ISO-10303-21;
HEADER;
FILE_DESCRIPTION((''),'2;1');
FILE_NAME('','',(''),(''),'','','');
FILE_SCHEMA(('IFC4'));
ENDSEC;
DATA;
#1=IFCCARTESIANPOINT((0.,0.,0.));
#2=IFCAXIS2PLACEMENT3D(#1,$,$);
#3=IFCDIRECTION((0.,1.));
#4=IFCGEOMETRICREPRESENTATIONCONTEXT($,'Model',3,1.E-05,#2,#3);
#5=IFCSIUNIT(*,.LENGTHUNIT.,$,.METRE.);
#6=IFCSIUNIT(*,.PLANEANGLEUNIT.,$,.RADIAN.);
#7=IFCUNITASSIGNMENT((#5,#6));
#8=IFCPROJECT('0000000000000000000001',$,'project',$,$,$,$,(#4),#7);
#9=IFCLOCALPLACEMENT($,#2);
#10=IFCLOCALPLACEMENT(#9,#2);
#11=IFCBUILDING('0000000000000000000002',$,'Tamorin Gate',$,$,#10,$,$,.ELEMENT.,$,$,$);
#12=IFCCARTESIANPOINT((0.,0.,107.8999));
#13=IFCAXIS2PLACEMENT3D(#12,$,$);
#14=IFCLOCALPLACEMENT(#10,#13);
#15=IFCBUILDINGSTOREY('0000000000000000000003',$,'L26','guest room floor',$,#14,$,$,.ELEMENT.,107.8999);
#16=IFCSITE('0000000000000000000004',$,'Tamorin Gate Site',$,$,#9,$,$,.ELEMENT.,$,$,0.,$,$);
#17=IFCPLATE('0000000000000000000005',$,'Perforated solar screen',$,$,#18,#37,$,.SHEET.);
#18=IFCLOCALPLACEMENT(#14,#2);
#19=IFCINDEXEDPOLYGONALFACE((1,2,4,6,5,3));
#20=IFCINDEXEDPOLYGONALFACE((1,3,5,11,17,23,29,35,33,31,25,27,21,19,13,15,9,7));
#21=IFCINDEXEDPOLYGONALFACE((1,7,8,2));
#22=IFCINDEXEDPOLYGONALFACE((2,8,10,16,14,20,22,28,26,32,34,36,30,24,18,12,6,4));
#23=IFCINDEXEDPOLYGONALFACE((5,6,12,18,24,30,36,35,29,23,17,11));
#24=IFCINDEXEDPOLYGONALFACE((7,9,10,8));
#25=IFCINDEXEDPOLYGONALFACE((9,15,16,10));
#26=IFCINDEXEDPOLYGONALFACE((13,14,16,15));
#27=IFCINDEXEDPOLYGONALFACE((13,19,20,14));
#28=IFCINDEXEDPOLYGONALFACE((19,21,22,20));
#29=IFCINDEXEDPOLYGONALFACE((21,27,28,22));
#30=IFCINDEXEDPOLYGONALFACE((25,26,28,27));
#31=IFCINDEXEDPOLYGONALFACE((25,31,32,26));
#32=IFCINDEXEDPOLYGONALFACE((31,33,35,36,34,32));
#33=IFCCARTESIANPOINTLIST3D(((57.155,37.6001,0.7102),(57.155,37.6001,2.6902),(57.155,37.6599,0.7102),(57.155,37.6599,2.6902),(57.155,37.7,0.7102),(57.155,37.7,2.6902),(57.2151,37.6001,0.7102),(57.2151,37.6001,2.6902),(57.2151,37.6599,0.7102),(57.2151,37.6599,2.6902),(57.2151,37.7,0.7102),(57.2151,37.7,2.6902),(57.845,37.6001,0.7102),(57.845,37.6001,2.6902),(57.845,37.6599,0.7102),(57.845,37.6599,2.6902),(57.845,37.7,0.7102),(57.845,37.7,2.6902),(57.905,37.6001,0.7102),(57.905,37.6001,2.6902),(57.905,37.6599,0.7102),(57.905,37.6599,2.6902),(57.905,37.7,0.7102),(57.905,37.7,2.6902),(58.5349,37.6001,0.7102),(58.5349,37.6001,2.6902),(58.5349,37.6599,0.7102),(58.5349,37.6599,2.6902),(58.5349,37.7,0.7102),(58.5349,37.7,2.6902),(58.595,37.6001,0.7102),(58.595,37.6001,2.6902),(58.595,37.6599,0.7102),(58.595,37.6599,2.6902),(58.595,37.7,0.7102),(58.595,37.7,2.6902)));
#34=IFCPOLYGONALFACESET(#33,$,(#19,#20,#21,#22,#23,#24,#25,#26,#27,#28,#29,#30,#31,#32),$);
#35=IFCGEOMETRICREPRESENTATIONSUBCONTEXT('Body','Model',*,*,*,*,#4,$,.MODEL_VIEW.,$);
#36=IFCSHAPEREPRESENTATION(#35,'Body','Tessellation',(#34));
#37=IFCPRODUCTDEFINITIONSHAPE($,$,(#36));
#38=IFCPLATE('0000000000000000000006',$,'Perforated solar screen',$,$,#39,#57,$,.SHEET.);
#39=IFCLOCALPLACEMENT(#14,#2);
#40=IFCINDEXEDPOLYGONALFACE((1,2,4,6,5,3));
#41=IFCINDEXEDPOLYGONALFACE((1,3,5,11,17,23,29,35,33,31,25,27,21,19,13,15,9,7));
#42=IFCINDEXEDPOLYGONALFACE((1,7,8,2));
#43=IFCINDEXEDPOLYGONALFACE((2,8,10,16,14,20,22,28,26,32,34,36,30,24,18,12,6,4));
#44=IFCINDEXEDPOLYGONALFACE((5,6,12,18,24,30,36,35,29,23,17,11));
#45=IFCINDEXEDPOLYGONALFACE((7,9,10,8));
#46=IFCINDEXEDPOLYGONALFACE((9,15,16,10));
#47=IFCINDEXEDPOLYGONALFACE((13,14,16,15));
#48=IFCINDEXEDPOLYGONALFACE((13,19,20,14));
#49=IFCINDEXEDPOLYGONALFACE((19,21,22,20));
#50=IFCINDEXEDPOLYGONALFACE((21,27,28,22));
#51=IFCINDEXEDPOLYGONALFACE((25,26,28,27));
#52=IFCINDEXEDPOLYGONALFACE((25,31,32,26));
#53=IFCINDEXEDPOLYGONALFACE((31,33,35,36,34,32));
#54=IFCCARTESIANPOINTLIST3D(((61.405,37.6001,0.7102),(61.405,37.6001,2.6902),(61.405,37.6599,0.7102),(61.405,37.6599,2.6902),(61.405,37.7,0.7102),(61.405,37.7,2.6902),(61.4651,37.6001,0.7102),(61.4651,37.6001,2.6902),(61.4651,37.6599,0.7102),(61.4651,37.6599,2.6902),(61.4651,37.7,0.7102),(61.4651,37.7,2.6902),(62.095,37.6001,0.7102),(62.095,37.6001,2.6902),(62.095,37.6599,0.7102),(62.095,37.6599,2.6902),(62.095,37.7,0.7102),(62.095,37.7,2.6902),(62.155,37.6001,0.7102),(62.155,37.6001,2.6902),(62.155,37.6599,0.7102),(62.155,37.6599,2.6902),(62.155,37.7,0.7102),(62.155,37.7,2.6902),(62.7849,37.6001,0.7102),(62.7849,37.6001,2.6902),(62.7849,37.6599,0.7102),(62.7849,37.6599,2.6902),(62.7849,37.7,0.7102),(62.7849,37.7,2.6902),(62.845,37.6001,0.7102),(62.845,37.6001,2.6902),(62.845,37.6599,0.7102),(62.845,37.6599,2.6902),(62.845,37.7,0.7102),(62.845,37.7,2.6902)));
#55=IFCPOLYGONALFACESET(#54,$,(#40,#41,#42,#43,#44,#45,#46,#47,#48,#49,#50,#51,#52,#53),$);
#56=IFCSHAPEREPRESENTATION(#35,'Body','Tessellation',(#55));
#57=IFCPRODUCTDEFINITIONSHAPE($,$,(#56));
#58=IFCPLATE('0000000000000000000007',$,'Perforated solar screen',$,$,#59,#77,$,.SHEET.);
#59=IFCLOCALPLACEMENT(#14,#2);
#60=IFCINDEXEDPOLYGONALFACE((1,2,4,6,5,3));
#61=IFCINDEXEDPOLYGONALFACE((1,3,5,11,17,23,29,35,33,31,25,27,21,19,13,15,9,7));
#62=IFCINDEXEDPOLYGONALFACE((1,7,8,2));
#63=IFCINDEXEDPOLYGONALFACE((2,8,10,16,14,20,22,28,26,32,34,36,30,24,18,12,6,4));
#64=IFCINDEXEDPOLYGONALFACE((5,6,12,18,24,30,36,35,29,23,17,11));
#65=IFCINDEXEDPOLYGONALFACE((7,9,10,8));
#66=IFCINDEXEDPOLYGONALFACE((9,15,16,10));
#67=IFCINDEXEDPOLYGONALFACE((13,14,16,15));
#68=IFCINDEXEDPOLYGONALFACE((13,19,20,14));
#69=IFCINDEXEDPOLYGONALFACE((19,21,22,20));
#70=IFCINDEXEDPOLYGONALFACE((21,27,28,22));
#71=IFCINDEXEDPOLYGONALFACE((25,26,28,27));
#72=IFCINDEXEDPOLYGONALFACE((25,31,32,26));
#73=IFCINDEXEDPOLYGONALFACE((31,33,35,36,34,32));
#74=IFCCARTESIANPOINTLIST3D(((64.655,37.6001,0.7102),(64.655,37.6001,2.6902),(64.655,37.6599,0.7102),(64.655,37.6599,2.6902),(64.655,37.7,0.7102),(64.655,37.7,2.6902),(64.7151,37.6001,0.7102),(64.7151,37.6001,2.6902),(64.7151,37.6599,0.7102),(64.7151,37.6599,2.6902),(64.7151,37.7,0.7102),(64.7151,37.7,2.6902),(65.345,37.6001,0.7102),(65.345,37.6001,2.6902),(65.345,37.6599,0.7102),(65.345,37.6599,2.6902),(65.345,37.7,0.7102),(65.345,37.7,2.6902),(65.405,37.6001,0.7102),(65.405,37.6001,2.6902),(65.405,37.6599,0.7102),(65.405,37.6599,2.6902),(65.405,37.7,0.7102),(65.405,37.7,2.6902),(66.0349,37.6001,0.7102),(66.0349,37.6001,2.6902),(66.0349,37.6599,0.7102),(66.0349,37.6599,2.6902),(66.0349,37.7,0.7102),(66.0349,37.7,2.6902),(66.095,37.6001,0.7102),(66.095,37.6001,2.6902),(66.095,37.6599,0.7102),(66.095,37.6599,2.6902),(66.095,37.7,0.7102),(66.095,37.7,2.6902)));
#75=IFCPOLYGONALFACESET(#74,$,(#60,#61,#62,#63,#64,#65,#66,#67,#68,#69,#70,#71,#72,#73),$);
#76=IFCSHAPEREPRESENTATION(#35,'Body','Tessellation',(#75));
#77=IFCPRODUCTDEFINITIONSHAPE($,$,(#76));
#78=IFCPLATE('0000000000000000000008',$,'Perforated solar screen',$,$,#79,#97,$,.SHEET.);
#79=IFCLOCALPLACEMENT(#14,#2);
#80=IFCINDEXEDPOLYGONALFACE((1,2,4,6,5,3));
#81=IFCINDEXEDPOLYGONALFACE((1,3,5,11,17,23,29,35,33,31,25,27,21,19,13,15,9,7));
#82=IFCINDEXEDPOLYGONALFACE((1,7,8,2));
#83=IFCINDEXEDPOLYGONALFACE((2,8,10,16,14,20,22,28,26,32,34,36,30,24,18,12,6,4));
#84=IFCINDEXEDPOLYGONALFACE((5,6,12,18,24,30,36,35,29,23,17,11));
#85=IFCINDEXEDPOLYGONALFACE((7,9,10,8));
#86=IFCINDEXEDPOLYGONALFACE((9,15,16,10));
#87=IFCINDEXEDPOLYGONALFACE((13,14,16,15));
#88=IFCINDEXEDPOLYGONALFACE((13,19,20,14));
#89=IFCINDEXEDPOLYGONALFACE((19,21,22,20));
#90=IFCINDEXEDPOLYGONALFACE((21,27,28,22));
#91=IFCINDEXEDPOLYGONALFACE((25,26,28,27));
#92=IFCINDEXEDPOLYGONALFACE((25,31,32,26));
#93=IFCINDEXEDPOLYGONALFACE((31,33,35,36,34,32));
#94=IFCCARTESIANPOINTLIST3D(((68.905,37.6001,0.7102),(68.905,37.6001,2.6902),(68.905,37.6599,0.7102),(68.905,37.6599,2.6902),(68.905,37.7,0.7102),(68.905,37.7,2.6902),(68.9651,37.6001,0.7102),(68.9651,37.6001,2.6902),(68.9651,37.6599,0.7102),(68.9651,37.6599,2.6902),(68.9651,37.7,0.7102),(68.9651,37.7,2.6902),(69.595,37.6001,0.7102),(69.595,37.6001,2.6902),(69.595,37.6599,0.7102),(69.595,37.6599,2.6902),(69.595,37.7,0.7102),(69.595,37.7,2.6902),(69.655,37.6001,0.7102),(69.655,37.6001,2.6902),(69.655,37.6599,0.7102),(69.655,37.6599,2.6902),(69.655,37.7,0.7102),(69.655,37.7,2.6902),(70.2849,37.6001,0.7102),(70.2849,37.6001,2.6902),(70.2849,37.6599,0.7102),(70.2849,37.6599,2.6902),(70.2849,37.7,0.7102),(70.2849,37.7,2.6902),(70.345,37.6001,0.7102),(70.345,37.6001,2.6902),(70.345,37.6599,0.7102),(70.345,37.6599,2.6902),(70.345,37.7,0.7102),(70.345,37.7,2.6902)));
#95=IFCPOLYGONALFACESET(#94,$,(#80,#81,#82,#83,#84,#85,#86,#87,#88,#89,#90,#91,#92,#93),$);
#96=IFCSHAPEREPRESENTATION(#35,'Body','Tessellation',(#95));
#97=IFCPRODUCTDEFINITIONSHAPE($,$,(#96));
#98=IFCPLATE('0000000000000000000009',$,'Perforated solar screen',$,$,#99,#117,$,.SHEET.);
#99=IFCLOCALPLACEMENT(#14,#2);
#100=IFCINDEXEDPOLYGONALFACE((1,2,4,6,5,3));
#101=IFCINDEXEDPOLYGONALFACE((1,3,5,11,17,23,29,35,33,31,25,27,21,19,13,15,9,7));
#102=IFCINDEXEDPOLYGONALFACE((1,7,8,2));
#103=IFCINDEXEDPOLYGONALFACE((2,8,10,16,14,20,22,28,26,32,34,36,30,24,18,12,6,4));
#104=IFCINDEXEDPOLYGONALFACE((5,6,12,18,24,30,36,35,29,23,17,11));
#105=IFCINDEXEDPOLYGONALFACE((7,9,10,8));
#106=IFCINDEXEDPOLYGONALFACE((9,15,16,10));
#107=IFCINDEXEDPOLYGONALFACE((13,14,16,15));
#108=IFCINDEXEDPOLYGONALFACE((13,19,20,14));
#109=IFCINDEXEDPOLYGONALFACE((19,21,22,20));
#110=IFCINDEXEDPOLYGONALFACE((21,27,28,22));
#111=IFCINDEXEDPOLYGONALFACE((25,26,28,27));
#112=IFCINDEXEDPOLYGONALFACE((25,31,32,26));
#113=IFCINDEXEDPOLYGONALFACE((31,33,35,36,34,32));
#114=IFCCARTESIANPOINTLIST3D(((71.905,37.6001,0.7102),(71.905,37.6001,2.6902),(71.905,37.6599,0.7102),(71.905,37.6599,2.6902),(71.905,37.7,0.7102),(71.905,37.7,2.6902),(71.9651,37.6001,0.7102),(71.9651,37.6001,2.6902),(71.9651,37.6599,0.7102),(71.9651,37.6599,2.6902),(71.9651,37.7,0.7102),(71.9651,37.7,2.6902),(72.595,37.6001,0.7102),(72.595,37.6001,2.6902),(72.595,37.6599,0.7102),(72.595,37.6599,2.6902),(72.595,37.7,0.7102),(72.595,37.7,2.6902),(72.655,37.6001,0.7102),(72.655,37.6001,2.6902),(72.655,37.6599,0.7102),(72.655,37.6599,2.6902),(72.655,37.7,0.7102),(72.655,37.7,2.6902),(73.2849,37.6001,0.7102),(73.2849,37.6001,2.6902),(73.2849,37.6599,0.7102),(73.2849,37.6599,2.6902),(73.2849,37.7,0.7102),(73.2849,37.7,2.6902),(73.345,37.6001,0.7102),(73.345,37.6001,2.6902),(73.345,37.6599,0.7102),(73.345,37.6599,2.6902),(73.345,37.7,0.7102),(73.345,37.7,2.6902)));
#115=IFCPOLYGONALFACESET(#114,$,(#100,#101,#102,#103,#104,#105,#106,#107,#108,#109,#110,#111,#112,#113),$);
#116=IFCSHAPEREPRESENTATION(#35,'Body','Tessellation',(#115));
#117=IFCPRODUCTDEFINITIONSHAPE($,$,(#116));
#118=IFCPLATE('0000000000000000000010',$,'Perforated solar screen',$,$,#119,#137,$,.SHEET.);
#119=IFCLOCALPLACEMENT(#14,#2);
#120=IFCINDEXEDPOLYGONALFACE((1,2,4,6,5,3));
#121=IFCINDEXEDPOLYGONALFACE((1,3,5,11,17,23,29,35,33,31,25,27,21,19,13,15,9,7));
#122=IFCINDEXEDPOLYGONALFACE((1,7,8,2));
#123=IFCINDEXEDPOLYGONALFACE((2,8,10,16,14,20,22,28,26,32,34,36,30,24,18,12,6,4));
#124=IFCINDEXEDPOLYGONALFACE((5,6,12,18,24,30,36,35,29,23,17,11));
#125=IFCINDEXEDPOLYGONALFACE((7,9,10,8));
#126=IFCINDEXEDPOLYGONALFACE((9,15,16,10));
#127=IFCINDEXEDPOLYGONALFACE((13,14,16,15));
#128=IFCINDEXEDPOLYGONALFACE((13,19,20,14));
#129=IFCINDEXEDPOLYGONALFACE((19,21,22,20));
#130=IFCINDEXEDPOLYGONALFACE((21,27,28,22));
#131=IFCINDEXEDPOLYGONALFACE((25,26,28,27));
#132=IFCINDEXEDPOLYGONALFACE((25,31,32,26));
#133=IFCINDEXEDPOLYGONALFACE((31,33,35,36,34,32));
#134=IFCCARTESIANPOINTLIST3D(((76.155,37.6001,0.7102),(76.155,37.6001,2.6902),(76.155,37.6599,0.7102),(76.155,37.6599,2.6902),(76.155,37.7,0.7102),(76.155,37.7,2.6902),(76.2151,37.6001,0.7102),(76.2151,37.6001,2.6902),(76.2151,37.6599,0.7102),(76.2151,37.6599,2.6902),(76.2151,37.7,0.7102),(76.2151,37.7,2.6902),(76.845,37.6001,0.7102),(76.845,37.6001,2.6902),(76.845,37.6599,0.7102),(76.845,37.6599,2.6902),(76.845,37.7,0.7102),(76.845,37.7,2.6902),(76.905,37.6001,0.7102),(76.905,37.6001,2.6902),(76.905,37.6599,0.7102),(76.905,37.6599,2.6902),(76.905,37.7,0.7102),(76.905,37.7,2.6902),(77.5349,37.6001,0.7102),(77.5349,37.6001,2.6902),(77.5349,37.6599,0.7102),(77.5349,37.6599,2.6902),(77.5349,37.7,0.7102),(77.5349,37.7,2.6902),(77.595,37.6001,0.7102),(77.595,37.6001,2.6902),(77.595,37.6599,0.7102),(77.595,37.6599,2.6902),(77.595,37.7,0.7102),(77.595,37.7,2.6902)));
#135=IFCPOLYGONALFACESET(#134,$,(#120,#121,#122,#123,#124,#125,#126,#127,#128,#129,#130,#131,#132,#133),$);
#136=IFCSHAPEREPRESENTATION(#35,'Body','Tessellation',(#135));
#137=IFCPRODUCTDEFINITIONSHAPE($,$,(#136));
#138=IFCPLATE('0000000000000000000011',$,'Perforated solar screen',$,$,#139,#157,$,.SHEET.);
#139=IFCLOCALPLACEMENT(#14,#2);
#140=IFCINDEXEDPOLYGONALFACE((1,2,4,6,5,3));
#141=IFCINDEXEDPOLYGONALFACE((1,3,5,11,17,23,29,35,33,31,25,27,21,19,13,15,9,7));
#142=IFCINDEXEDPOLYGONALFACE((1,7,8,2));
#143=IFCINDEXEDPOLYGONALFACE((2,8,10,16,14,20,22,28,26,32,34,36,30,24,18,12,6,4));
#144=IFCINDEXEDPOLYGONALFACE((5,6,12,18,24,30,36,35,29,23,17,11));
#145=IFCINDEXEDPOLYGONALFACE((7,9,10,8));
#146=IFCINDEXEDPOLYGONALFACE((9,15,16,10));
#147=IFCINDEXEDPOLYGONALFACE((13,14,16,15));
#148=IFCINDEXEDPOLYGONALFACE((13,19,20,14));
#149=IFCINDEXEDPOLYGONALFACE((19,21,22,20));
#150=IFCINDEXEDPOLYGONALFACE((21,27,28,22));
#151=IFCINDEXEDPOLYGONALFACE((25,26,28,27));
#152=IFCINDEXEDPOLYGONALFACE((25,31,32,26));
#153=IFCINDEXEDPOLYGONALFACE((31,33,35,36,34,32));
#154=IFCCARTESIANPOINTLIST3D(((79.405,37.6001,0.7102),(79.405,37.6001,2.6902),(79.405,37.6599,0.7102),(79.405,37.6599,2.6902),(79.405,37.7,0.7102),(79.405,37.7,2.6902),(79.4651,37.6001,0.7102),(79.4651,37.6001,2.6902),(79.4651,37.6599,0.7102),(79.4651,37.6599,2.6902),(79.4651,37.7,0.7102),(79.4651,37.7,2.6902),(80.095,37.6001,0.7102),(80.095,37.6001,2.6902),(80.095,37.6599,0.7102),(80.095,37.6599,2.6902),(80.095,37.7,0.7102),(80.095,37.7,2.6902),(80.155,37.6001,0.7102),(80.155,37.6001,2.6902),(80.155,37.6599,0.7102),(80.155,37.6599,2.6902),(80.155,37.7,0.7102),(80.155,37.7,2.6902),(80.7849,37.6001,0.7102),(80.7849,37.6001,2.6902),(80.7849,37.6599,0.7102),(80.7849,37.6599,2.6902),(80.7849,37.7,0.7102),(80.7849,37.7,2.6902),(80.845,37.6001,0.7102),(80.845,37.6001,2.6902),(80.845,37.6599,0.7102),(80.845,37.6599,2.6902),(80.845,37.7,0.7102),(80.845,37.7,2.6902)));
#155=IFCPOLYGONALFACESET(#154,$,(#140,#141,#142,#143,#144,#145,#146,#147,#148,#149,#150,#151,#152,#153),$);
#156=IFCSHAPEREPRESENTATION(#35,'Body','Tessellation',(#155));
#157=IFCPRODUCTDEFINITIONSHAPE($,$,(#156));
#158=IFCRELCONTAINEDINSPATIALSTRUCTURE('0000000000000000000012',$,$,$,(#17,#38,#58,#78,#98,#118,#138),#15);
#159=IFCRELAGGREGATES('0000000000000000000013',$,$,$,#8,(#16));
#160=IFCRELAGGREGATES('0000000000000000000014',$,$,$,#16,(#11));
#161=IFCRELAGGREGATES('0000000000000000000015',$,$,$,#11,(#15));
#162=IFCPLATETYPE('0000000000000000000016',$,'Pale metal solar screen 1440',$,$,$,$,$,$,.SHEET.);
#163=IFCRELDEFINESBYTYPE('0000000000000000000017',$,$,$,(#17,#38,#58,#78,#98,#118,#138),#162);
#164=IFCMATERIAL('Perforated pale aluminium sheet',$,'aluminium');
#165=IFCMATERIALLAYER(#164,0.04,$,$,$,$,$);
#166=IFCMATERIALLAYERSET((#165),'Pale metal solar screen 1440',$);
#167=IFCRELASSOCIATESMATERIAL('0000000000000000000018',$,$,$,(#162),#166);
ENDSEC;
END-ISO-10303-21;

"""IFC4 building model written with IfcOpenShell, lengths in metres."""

from ifc_helpers import new_model, si_unit, direction, frame, origin, place, context, subcontext, project, spatial, polyline, outline, extrude, material, layer, layer_set, type_object, element, save


model = new_model("IFC4")

# Units and contexts
model_context = context("Model", 3, precision=1e-05, world=origin(), true_north=direction((0.0, 1.0)))
body_context = subcontext(model_context, "Body", "Model", "MODEL_VIEW")
ifc_project = project(units=[si_unit("LENGTHUNIT", "METRE"), si_unit("PLANEANGLEUNIT", "RADIAN")], contexts=[model_context])

# Site, building, storey
site_placement = place(None, origin())
site = spatial("IfcSite", under=ifc_project, at=site_placement, Name="Tamorin Gate Site", CompositionType="ELEMENT", RefElevation=0.0)
building_placement = place(site_placement, origin())
building = spatial("IfcBuilding", under=site, at=building_placement, Name="Tamorin Gate", CompositionType="ELEMENT")
storey_placement = place(building_placement, frame((0.0, 0.0, 107.8999)))
storey = spatial("IfcBuildingStorey", under=building, at=storey_placement, Name="L26", Description="guest room floor", CompositionType="ELEMENT", Elevation=107.8999)

# Plates
ifc_material_1 = material(Name="Perforated pale aluminium sheet", Category="aluminium")
ifc_layer_1 = layer(ifc_material_1, 0.04)
ifc_layer_set_1 = layer_set([ifc_layer_1], Name="Pale metal solar screen 1440")
plate_type = type_object("IfcPlateType", Name="Pale metal solar screen 1440", PredefinedType="SHEET", material=ifc_layer_set_1)
plate_1_placement = place(storey_placement, frame((0.0, 0.0, 0.7102)))
element("IfcPlate", 1, at=plate_1_placement, inside=storey, type_object=plate_type, Name="Perforated solar screen", PredefinedType="SHEET", context=body_context, shape_type="SweptSolid", body=[
    extrude(outline(polyline([(57.155, 37.6599), (57.155, 37.7), (57.2151, 37.7), (57.845, 37.7), (57.905, 37.7), (58.5349, 37.7), (58.595, 37.7), (58.595, 37.6599), (58.595, 37.6001), (58.5349, 37.6001), (58.5349, 37.6599), (57.905, 37.6599), (57.905, 37.6001), (57.845, 37.6001), (57.845, 37.6599), (57.2151, 37.6599), (57.2151, 37.6001), (57.155, 37.6001), (57.155, 37.6599)])), origin(), (0.0, 0.0, 1.0), 1.98),
])
plate_2_placement = place(storey_placement, frame((0.0, 0.0, 0.7102)))
element("IfcPlate", 2, at=plate_2_placement, inside=storey, type_object=plate_type, Name="Perforated solar screen", PredefinedType="SHEET", context=body_context, shape_type="SweptSolid", body=[
    extrude(outline(polyline([(61.405, 37.6599), (61.405, 37.7), (61.4651, 37.7), (62.095, 37.7), (62.155, 37.7), (62.7849, 37.7), (62.845, 37.7), (62.845, 37.6599), (62.845, 37.6001), (62.7849, 37.6001), (62.7849, 37.6599), (62.155, 37.6599), (62.155, 37.6001), (62.095, 37.6001), (62.095, 37.6599), (61.4651, 37.6599), (61.4651, 37.6001), (61.405, 37.6001), (61.405, 37.6599)])), origin(), (0.0, 0.0, 1.0), 1.98),
])
plate_3_placement = place(storey_placement, frame((0.0, 0.0, 0.7102)))
element("IfcPlate", 3, at=plate_3_placement, inside=storey, type_object=plate_type, Name="Perforated solar screen", PredefinedType="SHEET", context=body_context, shape_type="SweptSolid", body=[
    extrude(outline(polyline([(64.655, 37.6599), (64.655, 37.7), (64.7151, 37.7), (65.345, 37.7), (65.405, 37.7), (66.0349, 37.7), (66.095, 37.7), (66.095, 37.6599), (66.095, 37.6001), (66.0349, 37.6001), (66.0349, 37.6599), (65.405, 37.6599), (65.405, 37.6001), (65.345, 37.6001), (65.345, 37.6599), (64.7151, 37.6599), (64.7151, 37.6001), (64.655, 37.6001), (64.655, 37.6599)])), origin(), (0.0, 0.0, 1.0), 1.98),
])
plate_4_placement = place(storey_placement, frame((0.0, 0.0, 0.7102)))
element("IfcPlate", 4, at=plate_4_placement, inside=storey, type_object=plate_type, Name="Perforated solar screen", PredefinedType="SHEET", context=body_context, shape_type="SweptSolid", body=[
    extrude(outline(polyline([(68.905, 37.6599), (68.905, 37.7), (68.9651, 37.7), (69.595, 37.7), (69.655, 37.7), (70.2849, 37.7), (70.345, 37.7), (70.345, 37.6599), (70.345, 37.6001), (70.2849, 37.6001), (70.2849, 37.6599), (69.655, 37.6599), (69.655, 37.6001), (69.595, 37.6001), (69.595, 37.6599), (68.9651, 37.6599), (68.9651, 37.6001), (68.905, 37.6001), (68.905, 37.6599)])), origin(), (0.0, 0.0, 1.0), 1.98),
])
plate_5_placement = place(storey_placement, frame((0.0, 0.0, 0.7102)))
element("IfcPlate", 5, at=plate_5_placement, inside=storey, type_object=plate_type, Name="Perforated solar screen", PredefinedType="SHEET", context=body_context, shape_type="SweptSolid", body=[
    extrude(outline(polyline([(71.905, 37.6599), (71.905, 37.7), (71.9651, 37.7), (72.595, 37.7), (72.655, 37.7), (73.2849, 37.7), (73.345, 37.7), (73.345, 37.6599), (73.345, 37.6001), (73.2849, 37.6001), (73.2849, 37.6599), (72.655, 37.6599), (72.655, 37.6001), (72.595, 37.6001), (72.595, 37.6599), (71.9651, 37.6599), (71.9651, 37.6001), (71.905, 37.6001), (71.905, 37.6599)])), origin(), (0.0, 0.0, 1.0), 1.98),
])
plate_6_placement = place(storey_placement, frame((0.0, 0.0, 0.7102)))
element("IfcPlate", 6, at=plate_6_placement, inside=storey, type_object=plate_type, Name="Perforated solar screen", PredefinedType="SHEET", context=body_context, shape_type="SweptSolid", body=[
    extrude(outline(polyline([(76.155, 37.6599), (76.155, 37.7), (76.2151, 37.7), (76.845, 37.7), (76.905, 37.7), (77.5349, 37.7), (77.595, 37.7), (77.595, 37.6599), (77.595, 37.6001), (77.5349, 37.6001), (77.5349, 37.6599), (76.905, 37.6599), (76.905, 37.6001), (76.845, 37.6001), (76.845, 37.6599), (76.2151, 37.6599), (76.2151, 37.6001), (76.155, 37.6001), (76.155, 37.6599)])), origin(), (0.0, 0.0, 1.0), 1.98),
])
plate_7_placement = place(storey_placement, frame((0.0, 0.0, 0.7102)))
element("IfcPlate", 7, at=plate_7_placement, inside=storey, type_object=plate_type, Name="Perforated solar screen", PredefinedType="SHEET", context=body_context, shape_type="SweptSolid", body=[
    extrude(outline(polyline([(79.405, 37.6599), (79.405, 37.7), (79.4651, 37.7), (80.095, 37.7), (80.155, 37.7), (80.7849, 37.7), (80.845, 37.7), (80.845, 37.6599), (80.845, 37.6001), (80.7849, 37.6001), (80.7849, 37.6599), (80.155, 37.6599), (80.155, 37.6001), (80.095, 37.6001), (80.095, 37.6599), (79.4651, 37.6599), (79.4651, 37.6001), (79.405, 37.6001), (79.405, 37.6599)])), origin(), (0.0, 0.0, 1.0), 1.98),
])

save(model, "model.ifc")
